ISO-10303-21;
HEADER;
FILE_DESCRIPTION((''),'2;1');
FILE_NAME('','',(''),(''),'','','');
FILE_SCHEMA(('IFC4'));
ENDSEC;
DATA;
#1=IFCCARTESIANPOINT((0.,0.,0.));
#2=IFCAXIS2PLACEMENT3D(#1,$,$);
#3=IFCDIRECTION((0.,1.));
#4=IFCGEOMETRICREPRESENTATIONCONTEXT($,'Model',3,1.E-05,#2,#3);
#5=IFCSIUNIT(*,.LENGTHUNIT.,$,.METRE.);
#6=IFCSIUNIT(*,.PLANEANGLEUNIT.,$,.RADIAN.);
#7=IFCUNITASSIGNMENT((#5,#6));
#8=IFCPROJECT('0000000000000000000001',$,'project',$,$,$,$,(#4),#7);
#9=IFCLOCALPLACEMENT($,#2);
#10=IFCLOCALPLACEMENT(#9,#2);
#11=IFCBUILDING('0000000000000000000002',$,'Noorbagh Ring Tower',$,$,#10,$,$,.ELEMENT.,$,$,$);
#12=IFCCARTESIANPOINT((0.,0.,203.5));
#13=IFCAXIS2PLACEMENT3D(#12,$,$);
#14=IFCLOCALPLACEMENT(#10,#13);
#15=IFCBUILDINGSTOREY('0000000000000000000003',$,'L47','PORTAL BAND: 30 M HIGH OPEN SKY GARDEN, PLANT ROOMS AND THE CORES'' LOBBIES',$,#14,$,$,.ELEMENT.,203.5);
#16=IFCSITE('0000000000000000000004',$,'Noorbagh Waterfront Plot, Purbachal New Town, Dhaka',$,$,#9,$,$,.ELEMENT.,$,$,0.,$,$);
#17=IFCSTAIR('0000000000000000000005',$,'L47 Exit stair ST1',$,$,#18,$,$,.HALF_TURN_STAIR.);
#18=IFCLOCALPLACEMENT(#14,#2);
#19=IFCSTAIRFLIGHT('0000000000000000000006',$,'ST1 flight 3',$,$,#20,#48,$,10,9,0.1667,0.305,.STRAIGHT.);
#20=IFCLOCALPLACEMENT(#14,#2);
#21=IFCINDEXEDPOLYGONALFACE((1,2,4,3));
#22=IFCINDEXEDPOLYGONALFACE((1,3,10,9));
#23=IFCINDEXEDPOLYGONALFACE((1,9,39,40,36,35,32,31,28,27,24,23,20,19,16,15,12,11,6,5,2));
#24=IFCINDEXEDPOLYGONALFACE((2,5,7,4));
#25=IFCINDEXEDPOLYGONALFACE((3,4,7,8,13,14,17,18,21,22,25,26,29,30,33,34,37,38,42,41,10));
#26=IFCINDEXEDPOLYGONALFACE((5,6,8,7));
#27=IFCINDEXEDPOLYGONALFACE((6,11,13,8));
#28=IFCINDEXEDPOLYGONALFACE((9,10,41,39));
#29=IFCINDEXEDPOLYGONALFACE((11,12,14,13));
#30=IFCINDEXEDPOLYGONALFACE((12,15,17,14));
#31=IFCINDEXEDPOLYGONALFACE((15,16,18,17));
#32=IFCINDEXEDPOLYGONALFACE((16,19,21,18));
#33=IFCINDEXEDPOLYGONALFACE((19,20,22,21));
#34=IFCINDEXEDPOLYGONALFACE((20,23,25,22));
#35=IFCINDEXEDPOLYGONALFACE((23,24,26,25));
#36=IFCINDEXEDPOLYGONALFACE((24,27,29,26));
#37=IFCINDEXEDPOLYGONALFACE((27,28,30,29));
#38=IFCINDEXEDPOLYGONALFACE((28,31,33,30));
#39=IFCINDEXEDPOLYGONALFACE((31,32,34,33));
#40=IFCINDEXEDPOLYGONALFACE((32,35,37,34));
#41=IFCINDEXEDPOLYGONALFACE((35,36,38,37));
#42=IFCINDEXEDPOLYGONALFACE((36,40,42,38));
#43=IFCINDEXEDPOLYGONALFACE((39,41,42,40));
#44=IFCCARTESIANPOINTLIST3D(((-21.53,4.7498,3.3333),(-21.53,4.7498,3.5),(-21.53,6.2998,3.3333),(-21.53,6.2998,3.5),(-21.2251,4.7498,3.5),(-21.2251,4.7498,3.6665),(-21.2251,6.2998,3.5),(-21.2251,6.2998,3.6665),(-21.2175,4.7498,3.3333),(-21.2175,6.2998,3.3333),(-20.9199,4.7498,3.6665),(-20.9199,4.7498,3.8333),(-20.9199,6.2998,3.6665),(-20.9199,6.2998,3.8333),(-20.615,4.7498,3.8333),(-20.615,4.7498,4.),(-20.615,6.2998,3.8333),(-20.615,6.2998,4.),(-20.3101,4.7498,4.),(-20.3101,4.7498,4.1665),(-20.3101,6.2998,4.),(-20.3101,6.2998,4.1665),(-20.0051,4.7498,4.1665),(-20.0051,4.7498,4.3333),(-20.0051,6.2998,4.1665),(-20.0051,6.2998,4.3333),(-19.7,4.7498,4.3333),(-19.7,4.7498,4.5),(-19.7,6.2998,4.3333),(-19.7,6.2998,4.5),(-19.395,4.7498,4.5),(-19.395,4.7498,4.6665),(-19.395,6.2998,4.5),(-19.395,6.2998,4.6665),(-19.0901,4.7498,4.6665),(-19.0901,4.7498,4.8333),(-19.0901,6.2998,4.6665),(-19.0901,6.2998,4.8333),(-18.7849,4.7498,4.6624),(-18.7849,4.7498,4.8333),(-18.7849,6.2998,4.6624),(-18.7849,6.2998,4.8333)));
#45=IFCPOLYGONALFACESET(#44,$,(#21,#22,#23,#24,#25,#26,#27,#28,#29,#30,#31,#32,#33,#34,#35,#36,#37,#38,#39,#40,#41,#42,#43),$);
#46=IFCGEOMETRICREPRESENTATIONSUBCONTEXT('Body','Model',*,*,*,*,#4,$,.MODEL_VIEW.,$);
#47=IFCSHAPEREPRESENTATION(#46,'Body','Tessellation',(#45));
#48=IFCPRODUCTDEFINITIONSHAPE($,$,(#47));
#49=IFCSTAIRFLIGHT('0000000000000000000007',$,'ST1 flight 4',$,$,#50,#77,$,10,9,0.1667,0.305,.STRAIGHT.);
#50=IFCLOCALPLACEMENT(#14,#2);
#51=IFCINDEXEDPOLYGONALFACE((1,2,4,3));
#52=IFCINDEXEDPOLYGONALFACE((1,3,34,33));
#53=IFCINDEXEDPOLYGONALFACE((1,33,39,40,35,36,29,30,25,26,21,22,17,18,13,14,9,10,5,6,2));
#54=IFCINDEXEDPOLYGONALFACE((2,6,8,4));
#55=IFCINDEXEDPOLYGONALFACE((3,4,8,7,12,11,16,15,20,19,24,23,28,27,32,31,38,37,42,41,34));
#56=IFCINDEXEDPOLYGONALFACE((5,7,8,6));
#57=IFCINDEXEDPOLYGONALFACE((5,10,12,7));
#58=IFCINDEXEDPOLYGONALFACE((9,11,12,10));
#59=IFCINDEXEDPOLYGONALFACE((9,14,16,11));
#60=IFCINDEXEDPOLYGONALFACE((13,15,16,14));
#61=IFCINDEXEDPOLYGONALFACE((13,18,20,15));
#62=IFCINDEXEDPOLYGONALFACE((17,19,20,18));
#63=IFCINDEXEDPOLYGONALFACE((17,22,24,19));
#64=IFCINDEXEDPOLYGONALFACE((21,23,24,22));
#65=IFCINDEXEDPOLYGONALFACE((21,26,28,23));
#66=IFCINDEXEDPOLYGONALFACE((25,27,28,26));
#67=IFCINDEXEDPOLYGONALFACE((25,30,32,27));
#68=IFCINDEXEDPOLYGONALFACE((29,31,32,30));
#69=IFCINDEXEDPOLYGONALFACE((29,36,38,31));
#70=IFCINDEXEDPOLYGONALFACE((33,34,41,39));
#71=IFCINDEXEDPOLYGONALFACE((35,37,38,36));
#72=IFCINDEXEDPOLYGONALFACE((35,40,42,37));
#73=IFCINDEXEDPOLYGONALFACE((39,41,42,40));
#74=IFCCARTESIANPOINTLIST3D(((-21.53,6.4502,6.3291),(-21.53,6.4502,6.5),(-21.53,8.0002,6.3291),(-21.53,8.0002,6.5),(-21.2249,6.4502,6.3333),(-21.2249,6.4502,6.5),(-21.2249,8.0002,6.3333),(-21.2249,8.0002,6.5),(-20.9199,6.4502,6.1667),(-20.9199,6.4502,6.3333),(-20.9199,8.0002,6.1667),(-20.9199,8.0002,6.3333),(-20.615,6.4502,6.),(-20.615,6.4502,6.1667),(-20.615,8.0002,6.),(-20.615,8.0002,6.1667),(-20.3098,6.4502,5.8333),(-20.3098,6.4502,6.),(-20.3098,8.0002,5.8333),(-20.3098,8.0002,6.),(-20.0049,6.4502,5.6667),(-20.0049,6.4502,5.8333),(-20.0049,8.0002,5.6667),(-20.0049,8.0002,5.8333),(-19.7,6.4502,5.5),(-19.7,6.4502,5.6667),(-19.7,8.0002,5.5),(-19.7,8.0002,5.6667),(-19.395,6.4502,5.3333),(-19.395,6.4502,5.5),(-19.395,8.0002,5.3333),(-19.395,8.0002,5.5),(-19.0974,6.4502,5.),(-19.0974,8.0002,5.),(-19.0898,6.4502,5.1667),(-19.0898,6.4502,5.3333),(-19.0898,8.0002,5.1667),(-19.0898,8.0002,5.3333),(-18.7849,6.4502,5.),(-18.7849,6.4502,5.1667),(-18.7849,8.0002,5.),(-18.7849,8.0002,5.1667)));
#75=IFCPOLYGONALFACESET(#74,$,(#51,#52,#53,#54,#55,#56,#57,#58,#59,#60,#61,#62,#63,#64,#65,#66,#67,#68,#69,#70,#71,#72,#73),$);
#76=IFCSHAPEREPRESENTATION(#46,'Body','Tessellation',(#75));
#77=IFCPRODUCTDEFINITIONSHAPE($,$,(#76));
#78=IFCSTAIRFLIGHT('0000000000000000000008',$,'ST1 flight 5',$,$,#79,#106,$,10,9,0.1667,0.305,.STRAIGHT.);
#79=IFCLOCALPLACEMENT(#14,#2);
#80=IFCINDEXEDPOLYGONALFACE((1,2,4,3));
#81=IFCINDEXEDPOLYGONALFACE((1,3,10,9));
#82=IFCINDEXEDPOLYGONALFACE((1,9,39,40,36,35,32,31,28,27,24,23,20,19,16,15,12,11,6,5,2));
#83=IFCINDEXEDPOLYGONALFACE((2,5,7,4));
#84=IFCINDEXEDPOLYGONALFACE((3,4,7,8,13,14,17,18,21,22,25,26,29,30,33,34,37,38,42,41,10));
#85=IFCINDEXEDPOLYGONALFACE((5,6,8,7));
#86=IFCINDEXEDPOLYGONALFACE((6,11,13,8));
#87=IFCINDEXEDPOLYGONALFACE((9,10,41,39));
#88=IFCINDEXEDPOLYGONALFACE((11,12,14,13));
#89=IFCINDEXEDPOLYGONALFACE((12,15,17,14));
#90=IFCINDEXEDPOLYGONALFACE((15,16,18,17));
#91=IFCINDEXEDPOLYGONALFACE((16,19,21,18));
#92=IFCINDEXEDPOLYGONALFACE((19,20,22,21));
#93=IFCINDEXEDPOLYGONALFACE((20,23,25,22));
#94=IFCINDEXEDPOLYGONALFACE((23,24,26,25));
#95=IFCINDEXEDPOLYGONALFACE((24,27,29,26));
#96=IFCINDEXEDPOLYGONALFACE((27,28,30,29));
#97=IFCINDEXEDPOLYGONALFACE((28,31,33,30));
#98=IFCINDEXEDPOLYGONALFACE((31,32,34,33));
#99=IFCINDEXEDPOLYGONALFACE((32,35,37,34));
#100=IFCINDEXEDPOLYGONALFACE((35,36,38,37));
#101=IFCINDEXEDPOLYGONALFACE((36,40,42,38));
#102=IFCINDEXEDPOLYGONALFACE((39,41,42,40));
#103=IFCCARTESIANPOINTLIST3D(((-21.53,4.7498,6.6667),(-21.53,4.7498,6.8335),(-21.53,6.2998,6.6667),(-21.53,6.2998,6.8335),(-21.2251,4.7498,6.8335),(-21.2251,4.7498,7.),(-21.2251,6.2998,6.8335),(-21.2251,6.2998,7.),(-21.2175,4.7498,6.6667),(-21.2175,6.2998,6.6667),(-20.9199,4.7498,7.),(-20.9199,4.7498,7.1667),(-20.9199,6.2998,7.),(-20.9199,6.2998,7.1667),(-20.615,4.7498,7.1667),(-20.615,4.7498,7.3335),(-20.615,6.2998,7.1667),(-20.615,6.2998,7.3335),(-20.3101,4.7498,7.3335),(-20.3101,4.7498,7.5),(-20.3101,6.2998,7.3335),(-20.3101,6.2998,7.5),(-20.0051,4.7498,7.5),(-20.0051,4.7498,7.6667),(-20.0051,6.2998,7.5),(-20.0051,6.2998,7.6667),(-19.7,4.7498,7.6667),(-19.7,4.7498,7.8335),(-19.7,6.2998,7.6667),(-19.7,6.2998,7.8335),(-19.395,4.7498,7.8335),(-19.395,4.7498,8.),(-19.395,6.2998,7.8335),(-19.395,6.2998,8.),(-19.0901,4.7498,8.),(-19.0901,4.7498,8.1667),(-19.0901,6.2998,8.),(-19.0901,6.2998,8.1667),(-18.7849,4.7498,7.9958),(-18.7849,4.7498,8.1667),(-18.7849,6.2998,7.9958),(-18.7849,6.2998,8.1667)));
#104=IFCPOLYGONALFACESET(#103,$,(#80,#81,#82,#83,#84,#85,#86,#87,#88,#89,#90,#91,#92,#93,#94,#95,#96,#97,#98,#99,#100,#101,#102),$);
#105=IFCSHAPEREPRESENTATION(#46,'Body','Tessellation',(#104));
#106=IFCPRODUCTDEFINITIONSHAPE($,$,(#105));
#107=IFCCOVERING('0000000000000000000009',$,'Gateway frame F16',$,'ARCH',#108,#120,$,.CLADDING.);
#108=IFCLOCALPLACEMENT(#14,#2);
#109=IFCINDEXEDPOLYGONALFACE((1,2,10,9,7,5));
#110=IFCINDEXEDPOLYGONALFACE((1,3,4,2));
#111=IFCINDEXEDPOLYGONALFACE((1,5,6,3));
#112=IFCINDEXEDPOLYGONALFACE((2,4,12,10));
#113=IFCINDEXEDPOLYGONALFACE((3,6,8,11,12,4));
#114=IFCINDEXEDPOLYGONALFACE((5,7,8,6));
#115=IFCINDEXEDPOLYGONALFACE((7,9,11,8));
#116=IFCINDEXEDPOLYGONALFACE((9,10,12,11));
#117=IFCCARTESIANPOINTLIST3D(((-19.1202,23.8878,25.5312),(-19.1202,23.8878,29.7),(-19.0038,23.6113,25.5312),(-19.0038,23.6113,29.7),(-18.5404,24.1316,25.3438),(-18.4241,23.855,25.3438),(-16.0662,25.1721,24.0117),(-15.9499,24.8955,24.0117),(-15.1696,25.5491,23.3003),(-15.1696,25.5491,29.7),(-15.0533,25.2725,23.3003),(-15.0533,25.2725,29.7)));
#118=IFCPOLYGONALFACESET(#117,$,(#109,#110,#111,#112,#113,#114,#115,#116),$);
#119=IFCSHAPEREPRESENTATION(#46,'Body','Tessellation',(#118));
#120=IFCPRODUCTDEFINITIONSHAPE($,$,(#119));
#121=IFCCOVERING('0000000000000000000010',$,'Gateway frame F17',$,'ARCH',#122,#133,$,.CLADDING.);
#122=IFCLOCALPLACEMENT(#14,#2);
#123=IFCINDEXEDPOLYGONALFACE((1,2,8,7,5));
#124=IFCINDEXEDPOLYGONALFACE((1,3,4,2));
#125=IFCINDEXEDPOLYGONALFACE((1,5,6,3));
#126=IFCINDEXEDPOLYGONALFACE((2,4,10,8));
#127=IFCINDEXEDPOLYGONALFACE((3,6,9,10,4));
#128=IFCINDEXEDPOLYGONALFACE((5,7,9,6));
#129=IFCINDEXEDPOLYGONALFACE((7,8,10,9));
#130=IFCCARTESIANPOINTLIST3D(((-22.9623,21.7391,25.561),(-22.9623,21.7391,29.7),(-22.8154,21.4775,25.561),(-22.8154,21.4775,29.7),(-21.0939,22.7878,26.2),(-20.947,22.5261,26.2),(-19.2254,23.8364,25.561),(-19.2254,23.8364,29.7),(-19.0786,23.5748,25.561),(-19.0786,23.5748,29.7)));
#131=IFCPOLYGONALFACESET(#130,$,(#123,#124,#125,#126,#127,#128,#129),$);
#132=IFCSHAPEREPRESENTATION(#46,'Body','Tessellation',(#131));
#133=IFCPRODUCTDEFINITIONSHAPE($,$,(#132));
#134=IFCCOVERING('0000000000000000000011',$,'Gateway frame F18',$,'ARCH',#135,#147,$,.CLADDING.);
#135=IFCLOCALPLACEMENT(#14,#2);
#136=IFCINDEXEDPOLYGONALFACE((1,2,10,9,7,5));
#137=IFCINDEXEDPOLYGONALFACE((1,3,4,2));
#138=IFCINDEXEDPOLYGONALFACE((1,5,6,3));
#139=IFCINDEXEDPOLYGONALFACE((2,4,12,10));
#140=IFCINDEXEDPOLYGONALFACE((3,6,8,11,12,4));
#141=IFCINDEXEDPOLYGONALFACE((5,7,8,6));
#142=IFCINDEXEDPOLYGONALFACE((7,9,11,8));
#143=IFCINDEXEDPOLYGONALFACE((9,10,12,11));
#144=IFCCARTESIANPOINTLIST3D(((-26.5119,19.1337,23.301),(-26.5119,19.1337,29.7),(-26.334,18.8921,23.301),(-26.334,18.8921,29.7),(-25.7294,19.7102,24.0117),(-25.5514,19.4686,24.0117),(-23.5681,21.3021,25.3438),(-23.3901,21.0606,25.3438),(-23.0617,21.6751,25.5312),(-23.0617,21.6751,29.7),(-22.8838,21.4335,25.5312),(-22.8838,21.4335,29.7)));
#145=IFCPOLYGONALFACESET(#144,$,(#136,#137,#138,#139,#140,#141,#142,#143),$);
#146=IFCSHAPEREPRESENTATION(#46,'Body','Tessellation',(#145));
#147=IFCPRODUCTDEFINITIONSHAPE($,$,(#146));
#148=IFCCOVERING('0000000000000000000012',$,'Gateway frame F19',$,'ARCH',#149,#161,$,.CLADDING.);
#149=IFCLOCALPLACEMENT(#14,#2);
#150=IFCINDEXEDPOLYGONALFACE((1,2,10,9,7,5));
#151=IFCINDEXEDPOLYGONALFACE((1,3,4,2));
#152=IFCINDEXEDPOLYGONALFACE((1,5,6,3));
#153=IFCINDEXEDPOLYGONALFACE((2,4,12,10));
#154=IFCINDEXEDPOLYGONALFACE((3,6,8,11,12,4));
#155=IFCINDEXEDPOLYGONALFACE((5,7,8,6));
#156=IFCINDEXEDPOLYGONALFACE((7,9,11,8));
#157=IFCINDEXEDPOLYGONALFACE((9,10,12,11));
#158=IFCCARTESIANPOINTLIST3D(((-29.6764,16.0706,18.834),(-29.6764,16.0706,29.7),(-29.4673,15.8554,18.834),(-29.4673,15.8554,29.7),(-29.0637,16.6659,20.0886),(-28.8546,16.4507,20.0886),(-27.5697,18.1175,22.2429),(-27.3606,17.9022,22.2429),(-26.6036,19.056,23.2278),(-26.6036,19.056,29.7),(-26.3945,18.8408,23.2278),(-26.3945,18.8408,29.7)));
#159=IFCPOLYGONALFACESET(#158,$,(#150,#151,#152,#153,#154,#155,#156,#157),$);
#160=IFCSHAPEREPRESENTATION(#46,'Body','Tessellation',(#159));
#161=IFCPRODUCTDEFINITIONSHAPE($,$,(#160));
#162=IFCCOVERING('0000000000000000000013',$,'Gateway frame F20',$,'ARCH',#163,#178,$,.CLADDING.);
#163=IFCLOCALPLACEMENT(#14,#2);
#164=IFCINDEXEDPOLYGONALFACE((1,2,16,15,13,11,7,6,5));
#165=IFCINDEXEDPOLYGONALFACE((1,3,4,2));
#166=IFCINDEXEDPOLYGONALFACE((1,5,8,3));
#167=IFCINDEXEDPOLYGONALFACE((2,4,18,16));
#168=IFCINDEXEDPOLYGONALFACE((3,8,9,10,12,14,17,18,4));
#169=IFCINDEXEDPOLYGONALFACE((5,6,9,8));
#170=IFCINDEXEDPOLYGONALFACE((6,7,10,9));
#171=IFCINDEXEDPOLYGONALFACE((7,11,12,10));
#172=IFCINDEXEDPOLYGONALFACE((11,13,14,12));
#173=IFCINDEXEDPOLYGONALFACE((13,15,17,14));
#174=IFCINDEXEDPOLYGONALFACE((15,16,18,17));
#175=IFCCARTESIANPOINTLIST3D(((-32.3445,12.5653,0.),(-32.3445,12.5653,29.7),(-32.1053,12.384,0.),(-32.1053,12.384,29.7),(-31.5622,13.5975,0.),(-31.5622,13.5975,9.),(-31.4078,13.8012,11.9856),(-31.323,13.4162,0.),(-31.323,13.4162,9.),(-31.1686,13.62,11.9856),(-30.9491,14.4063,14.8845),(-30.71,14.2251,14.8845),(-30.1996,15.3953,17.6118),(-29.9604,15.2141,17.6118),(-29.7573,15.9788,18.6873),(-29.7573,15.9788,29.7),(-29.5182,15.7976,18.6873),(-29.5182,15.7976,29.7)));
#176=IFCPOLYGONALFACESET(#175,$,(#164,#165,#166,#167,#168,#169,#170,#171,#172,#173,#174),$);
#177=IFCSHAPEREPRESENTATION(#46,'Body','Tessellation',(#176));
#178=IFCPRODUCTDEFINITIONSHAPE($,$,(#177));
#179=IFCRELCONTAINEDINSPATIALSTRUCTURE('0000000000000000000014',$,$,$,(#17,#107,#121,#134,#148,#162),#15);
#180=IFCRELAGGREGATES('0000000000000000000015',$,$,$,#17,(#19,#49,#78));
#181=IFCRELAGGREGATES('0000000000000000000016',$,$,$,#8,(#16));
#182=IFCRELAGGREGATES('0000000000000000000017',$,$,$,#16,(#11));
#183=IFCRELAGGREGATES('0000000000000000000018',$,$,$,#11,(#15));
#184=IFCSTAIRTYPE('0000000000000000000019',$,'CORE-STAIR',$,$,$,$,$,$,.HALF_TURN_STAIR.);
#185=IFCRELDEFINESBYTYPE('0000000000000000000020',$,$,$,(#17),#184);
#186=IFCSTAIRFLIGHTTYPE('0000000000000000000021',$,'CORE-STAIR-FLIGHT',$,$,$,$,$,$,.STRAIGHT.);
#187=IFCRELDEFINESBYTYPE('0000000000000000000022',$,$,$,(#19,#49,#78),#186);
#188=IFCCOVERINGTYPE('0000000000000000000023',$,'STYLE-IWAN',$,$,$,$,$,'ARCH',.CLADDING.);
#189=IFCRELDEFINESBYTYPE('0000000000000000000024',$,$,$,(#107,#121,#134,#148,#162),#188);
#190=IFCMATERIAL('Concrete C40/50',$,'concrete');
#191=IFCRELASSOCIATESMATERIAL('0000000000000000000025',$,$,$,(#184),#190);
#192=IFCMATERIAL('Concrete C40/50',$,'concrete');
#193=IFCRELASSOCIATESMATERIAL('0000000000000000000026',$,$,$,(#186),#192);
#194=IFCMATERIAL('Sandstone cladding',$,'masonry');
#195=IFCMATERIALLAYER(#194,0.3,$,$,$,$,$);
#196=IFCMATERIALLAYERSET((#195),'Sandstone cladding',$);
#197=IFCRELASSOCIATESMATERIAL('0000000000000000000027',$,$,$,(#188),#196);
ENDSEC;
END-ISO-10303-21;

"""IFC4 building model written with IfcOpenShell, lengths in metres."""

from ifc_helpers import new_model, si_unit, direction, frame, origin, place, context, subcontext, project, spatial, polyline, outline, extrude, material, layer, layer_set, type_object, element, aggregate, save


model = new_model("IFC4")

# Units and contexts
model_context = context("Model", 3, precision=1e-05, world=origin(), true_north=direction((0.0, 1.0)))
body_context = subcontext(model_context, "Body", "Model", "MODEL_VIEW")
ifc_project = project(units=[si_unit("LENGTHUNIT", "METRE"), si_unit("PLANEANGLEUNIT", "RADIAN")], contexts=[model_context])

# Site, building, storey
site_placement = place(None, origin())
site = spatial("IfcSite", under=ifc_project, at=site_placement, Name="Noorbagh Waterfront Plot, Purbachal New Town, Dhaka", CompositionType="ELEMENT", RefElevation=0.0)
building_placement = place(site_placement, origin())
building = spatial("IfcBuilding", under=site, at=building_placement, Name="Noorbagh Ring Tower", CompositionType="ELEMENT")
storey_placement = place(building_placement, frame((0.0, 0.0, 203.5)))
storey = spatial("IfcBuildingStorey", under=building, at=storey_placement, Name="L47", Description="PORTAL BAND: 30 M HIGH OPEN SKY GARDEN, PLANT ROOMS AND THE CORES' LOBBIES", CompositionType="ELEMENT", Elevation=203.5)

# Stair, stair flights
ifc_material_1 = material(Name="Concrete C40/50", Category="concrete")
stair_type = type_object("IfcStairType", Name="CORE-STAIR", PredefinedType="HALF_TURN_STAIR", material=ifc_material_1)
stair_placement = place(storey_placement, origin())
stair = element("IfcStair", 1, at=stair_placement, inside=storey, type_object=stair_type, Name="L47 Exit stair ST1", PredefinedType="HALF_TURN_STAIR")
ifc_material_2 = material(Name="Concrete C40/50", Category="concrete")
stair_flight_type = type_object("IfcStairFlightType", Name="CORE-STAIR-FLIGHT", PredefinedType="STRAIGHT", material=ifc_material_2)
stair_flight_1_placement = place(storey_placement, frame((-21.53, 5.5249, 3.3333), z_axis=(0.0, 0.0, 1.0), x_axis=(1.0, 0.0, 0.0)))
stair_flight_1 = element("IfcStairFlight", 2, at=stair_flight_1_placement, type_object=stair_flight_type, Name="ST1 flight 3", NumberOfRisers=10, NumberOfTreads=9, PredefinedType="STRAIGHT", RiserHeight=0.1667, TreadLength=0.305, context=body_context, shape_type="SweptSolid", body=[
    extrude(outline(polyline([(0.0, 0.0), (0.0, 0.1667), (0.3049, 0.1667), (0.3049, 0.3333), (0.6101, 0.3333), (0.6101, 0.5), (0.915, 0.5), (0.915, 0.6667), (1.22, 0.6667), (1.22, 0.8333), (1.5249, 0.8333), (1.5249, 1.0), (1.8301, 1.0), (1.8301, 1.1667), (2.135, 1.1667), (2.135, 1.3333), (2.4399, 1.3333), (2.4399, 1.5), (2.7451, 1.5), (2.7451, 1.6667), (2.7451, 1.3291), (0.3125, 0.0), (0.0, 0.0)])), frame((0.0, 0.7749, 0.0), z_axis=(0.0, -1.0, 0.0), x_axis=(1.0, 0.0, 0.0)), (0.0, 0.0, 1.0), 1.55),
])
stair_flight_2_placement = place(storey_placement, frame((-18.7849, 7.2251, 5.0), z_axis=(0.0, 0.0, 1.0), x_axis=(-1.0, 0.0, 0.0)))
stair_flight_2 = element("IfcStairFlight", 3, at=stair_flight_2_placement, type_object=stair_flight_type, Name="ST1 flight 4", NumberOfRisers=10, NumberOfTreads=9, PredefinedType="STRAIGHT", RiserHeight=0.1667, TreadLength=0.305, context=body_context, shape_type="SweptSolid", body=[
    extrude(outline(polyline([(0.0, 0.0), (0.0, 0.1667), (0.3049, 0.1667), (0.3049, 0.3333), (0.6101, 0.3333), (0.6101, 0.5), (0.915, 0.5), (0.915, 0.6667), (1.22, 0.6667), (1.22, 0.8333), (1.5249, 0.8333), (1.5249, 1.0), (1.8301, 1.0), (1.8301, 1.1667), (2.135, 1.1667), (2.135, 1.3333), (2.4399, 1.3333), (2.4399, 1.5), (2.7451, 1.5), (2.7451, 1.6667), (2.7451, 1.3291), (0.3125, 0.0), (0.0, 0.0)])), frame((0.0, 0.7749, 0.0), z_axis=(0.0, -1.0, 0.0), x_axis=(1.0, 0.0, 0.0)), (0.0, 0.0, 1.0), 1.55),
])
stair_flight_3_placement = place(storey_placement, frame((-21.53, 5.5249, 6.6667), z_axis=(0.0, 0.0, 1.0), x_axis=(1.0, 0.0, 0.0)))
stair_flight_3 = element("IfcStairFlight", 4, at=stair_flight_3_placement, type_object=stair_flight_type, Name="ST1 flight 5", NumberOfRisers=10, NumberOfTreads=9, PredefinedType="STRAIGHT", RiserHeight=0.1667, TreadLength=0.305, context=body_context, shape_type="SweptSolid", body=[
    extrude(outline(polyline([(0.0, 0.0), (0.0, 0.1667), (0.3049, 0.1667), (0.3049, 0.3333), (0.6101, 0.3333), (0.6101, 0.5), (0.915, 0.5), (0.915, 0.6667), (1.22, 0.6667), (1.22, 0.8333), (1.5249, 0.8333), (1.5249, 1.0), (1.8301, 1.0), (1.8301, 1.1667), (2.135, 1.1667), (2.135, 1.3333), (2.4399, 1.3333), (2.4399, 1.5), (2.7451, 1.5), (2.7451, 1.6667), (2.7451, 1.3291), (0.3125, 0.0), (0.0, 0.0)])), frame((0.0, 0.7749, 0.0), z_axis=(0.0, -1.0, 0.0), x_axis=(1.0, 0.0, 0.0)), (0.0, 0.0, 1.0), 1.55),
])
aggregate(stair, [stair_flight_1, stair_flight_2, stair_flight_3])

# Coverings
ifc_material_3 = material(Name="Sandstone cladding", Category="masonry")
ifc_layer_1 = layer(ifc_material_3, 0.3)
ifc_layer_set_1 = layer_set([ifc_layer_1], Name="Sandstone cladding")
covering_type = type_object("IfcCoveringType", Name="STYLE-IWAN", ElementType="ARCH", PredefinedType="CLADDING", material=ifc_layer_set_1)
covering_1_placement = place(storey_placement, frame((-17.0286, 24.4419, 0.0), z_axis=(-0.387638, 0.921812, 0.0), x_axis=(-0.921812, -0.387638, 0.0)))
element("IfcCovering", 5, at=covering_1_placement, inside=storey, type_object=covering_type, Name="Gateway frame F16", ObjectType="ARCH", PredefinedType="CLADDING", context=body_context, shape_type="SweptSolid", body=[
    extrude(outline(polyline([(-2.1428, 29.7), (-2.1428, 23.3003), (-1.1702, 24.0117), (1.5139, 25.3438), (2.1428, 25.5312), (2.1428, 29.7), (-2.1428, 29.7)])), origin(), (0.0, 0.0, 1.0), 0.3),
])
covering_2_placement = place(storey_placement, frame((-20.947, 22.5261, 0.0), z_axis=(-0.489426, 0.872045, 0.0), x_axis=(-0.872045, -0.489426, 0.0)))
element("IfcCovering", 6, at=covering_2_placement, inside=storey, type_object=covering_type, Name="Gateway frame F17", ObjectType="ARCH", PredefinedType="CLADDING", context=body_context, shape_type="SweptSolid", body=[
    extrude(outline(polyline([(-2.1426, 29.7), (-2.1426, 25.561), (0.0, 26.2), (2.1426, 25.561), (2.1426, 29.7), (-2.1426, 29.7)])), origin(), (0.0, 0.0, 1.0), 0.3),
])
covering_3_placement = place(storey_placement, frame((-24.6089, 20.1628, 0.0), z_axis=(-0.593067, 0.805153, 0.0), x_axis=(-0.805153, -0.593067, 0.0)))
element("IfcCovering", 7, at=covering_3_placement, inside=storey, type_object=covering_type, Name="Gateway frame F18", ObjectType="ARCH", PredefinedType="CLADDING", context=body_context, shape_type="SweptSolid", body=[
    extrude(outline(polyline([(-2.1426, 29.7), (-2.1426, 25.5312), (-1.5137, 25.3438), (1.1707, 24.0117), (2.1426, 23.301), (2.1426, 29.7), (-2.1426, 29.7)])), origin(), (0.0, 0.0, 1.0), 0.3),
])
covering_4_placement = place(storey_placement, frame((-27.9309, 17.3481, 0.0), z_axis=(-0.696842, 0.717225, 0.0), x_axis=(-0.717225, -0.696842, 0.0)))
element("IfcCovering", 8, at=covering_4_placement, inside=storey, type_object=covering_type, Name="Gateway frame F19", ObjectType="ARCH", PredefinedType="CLADDING", context=body_context, shape_type="SweptSolid", body=[
    extrude(outline(polyline([(-2.1421, 29.7), (-2.1421, 23.2278), (-0.7952, 22.2429), (1.2878, 20.0886), (2.1421, 18.834), (2.1421, 29.7), (-2.1421, 29.7)])), origin(), (0.0, 0.0, 1.0), 0.3),
])
covering_5_placement = place(storey_placement, frame((-30.8118, 14.0908, 0.0), z_axis=(-0.796969, 0.60402, 0.0), x_axis=(-0.60402, -0.796969, 0.0)))
element("IfcCovering", 9, at=covering_5_placement, inside=storey, type_object=covering_type, Name="Gateway frame F20", ObjectType="ARCH", PredefinedType="CLADDING", context=body_context, shape_type="SweptSolid", body=[
    extrude(outline(polyline([(-2.1416, 29.7), (-2.1416, 18.6873), (-1.4094, 17.6118), (-0.1685, 14.8845), (0.5908, 11.9856), (0.8464, 9.0), (0.8464, 0.0), (2.1416, 0.0), (2.1416, 29.7), (-2.1416, 29.7)])), origin(), (0.0, 0.0, 1.0), 0.3),
])

save(model, "model.ifc")
